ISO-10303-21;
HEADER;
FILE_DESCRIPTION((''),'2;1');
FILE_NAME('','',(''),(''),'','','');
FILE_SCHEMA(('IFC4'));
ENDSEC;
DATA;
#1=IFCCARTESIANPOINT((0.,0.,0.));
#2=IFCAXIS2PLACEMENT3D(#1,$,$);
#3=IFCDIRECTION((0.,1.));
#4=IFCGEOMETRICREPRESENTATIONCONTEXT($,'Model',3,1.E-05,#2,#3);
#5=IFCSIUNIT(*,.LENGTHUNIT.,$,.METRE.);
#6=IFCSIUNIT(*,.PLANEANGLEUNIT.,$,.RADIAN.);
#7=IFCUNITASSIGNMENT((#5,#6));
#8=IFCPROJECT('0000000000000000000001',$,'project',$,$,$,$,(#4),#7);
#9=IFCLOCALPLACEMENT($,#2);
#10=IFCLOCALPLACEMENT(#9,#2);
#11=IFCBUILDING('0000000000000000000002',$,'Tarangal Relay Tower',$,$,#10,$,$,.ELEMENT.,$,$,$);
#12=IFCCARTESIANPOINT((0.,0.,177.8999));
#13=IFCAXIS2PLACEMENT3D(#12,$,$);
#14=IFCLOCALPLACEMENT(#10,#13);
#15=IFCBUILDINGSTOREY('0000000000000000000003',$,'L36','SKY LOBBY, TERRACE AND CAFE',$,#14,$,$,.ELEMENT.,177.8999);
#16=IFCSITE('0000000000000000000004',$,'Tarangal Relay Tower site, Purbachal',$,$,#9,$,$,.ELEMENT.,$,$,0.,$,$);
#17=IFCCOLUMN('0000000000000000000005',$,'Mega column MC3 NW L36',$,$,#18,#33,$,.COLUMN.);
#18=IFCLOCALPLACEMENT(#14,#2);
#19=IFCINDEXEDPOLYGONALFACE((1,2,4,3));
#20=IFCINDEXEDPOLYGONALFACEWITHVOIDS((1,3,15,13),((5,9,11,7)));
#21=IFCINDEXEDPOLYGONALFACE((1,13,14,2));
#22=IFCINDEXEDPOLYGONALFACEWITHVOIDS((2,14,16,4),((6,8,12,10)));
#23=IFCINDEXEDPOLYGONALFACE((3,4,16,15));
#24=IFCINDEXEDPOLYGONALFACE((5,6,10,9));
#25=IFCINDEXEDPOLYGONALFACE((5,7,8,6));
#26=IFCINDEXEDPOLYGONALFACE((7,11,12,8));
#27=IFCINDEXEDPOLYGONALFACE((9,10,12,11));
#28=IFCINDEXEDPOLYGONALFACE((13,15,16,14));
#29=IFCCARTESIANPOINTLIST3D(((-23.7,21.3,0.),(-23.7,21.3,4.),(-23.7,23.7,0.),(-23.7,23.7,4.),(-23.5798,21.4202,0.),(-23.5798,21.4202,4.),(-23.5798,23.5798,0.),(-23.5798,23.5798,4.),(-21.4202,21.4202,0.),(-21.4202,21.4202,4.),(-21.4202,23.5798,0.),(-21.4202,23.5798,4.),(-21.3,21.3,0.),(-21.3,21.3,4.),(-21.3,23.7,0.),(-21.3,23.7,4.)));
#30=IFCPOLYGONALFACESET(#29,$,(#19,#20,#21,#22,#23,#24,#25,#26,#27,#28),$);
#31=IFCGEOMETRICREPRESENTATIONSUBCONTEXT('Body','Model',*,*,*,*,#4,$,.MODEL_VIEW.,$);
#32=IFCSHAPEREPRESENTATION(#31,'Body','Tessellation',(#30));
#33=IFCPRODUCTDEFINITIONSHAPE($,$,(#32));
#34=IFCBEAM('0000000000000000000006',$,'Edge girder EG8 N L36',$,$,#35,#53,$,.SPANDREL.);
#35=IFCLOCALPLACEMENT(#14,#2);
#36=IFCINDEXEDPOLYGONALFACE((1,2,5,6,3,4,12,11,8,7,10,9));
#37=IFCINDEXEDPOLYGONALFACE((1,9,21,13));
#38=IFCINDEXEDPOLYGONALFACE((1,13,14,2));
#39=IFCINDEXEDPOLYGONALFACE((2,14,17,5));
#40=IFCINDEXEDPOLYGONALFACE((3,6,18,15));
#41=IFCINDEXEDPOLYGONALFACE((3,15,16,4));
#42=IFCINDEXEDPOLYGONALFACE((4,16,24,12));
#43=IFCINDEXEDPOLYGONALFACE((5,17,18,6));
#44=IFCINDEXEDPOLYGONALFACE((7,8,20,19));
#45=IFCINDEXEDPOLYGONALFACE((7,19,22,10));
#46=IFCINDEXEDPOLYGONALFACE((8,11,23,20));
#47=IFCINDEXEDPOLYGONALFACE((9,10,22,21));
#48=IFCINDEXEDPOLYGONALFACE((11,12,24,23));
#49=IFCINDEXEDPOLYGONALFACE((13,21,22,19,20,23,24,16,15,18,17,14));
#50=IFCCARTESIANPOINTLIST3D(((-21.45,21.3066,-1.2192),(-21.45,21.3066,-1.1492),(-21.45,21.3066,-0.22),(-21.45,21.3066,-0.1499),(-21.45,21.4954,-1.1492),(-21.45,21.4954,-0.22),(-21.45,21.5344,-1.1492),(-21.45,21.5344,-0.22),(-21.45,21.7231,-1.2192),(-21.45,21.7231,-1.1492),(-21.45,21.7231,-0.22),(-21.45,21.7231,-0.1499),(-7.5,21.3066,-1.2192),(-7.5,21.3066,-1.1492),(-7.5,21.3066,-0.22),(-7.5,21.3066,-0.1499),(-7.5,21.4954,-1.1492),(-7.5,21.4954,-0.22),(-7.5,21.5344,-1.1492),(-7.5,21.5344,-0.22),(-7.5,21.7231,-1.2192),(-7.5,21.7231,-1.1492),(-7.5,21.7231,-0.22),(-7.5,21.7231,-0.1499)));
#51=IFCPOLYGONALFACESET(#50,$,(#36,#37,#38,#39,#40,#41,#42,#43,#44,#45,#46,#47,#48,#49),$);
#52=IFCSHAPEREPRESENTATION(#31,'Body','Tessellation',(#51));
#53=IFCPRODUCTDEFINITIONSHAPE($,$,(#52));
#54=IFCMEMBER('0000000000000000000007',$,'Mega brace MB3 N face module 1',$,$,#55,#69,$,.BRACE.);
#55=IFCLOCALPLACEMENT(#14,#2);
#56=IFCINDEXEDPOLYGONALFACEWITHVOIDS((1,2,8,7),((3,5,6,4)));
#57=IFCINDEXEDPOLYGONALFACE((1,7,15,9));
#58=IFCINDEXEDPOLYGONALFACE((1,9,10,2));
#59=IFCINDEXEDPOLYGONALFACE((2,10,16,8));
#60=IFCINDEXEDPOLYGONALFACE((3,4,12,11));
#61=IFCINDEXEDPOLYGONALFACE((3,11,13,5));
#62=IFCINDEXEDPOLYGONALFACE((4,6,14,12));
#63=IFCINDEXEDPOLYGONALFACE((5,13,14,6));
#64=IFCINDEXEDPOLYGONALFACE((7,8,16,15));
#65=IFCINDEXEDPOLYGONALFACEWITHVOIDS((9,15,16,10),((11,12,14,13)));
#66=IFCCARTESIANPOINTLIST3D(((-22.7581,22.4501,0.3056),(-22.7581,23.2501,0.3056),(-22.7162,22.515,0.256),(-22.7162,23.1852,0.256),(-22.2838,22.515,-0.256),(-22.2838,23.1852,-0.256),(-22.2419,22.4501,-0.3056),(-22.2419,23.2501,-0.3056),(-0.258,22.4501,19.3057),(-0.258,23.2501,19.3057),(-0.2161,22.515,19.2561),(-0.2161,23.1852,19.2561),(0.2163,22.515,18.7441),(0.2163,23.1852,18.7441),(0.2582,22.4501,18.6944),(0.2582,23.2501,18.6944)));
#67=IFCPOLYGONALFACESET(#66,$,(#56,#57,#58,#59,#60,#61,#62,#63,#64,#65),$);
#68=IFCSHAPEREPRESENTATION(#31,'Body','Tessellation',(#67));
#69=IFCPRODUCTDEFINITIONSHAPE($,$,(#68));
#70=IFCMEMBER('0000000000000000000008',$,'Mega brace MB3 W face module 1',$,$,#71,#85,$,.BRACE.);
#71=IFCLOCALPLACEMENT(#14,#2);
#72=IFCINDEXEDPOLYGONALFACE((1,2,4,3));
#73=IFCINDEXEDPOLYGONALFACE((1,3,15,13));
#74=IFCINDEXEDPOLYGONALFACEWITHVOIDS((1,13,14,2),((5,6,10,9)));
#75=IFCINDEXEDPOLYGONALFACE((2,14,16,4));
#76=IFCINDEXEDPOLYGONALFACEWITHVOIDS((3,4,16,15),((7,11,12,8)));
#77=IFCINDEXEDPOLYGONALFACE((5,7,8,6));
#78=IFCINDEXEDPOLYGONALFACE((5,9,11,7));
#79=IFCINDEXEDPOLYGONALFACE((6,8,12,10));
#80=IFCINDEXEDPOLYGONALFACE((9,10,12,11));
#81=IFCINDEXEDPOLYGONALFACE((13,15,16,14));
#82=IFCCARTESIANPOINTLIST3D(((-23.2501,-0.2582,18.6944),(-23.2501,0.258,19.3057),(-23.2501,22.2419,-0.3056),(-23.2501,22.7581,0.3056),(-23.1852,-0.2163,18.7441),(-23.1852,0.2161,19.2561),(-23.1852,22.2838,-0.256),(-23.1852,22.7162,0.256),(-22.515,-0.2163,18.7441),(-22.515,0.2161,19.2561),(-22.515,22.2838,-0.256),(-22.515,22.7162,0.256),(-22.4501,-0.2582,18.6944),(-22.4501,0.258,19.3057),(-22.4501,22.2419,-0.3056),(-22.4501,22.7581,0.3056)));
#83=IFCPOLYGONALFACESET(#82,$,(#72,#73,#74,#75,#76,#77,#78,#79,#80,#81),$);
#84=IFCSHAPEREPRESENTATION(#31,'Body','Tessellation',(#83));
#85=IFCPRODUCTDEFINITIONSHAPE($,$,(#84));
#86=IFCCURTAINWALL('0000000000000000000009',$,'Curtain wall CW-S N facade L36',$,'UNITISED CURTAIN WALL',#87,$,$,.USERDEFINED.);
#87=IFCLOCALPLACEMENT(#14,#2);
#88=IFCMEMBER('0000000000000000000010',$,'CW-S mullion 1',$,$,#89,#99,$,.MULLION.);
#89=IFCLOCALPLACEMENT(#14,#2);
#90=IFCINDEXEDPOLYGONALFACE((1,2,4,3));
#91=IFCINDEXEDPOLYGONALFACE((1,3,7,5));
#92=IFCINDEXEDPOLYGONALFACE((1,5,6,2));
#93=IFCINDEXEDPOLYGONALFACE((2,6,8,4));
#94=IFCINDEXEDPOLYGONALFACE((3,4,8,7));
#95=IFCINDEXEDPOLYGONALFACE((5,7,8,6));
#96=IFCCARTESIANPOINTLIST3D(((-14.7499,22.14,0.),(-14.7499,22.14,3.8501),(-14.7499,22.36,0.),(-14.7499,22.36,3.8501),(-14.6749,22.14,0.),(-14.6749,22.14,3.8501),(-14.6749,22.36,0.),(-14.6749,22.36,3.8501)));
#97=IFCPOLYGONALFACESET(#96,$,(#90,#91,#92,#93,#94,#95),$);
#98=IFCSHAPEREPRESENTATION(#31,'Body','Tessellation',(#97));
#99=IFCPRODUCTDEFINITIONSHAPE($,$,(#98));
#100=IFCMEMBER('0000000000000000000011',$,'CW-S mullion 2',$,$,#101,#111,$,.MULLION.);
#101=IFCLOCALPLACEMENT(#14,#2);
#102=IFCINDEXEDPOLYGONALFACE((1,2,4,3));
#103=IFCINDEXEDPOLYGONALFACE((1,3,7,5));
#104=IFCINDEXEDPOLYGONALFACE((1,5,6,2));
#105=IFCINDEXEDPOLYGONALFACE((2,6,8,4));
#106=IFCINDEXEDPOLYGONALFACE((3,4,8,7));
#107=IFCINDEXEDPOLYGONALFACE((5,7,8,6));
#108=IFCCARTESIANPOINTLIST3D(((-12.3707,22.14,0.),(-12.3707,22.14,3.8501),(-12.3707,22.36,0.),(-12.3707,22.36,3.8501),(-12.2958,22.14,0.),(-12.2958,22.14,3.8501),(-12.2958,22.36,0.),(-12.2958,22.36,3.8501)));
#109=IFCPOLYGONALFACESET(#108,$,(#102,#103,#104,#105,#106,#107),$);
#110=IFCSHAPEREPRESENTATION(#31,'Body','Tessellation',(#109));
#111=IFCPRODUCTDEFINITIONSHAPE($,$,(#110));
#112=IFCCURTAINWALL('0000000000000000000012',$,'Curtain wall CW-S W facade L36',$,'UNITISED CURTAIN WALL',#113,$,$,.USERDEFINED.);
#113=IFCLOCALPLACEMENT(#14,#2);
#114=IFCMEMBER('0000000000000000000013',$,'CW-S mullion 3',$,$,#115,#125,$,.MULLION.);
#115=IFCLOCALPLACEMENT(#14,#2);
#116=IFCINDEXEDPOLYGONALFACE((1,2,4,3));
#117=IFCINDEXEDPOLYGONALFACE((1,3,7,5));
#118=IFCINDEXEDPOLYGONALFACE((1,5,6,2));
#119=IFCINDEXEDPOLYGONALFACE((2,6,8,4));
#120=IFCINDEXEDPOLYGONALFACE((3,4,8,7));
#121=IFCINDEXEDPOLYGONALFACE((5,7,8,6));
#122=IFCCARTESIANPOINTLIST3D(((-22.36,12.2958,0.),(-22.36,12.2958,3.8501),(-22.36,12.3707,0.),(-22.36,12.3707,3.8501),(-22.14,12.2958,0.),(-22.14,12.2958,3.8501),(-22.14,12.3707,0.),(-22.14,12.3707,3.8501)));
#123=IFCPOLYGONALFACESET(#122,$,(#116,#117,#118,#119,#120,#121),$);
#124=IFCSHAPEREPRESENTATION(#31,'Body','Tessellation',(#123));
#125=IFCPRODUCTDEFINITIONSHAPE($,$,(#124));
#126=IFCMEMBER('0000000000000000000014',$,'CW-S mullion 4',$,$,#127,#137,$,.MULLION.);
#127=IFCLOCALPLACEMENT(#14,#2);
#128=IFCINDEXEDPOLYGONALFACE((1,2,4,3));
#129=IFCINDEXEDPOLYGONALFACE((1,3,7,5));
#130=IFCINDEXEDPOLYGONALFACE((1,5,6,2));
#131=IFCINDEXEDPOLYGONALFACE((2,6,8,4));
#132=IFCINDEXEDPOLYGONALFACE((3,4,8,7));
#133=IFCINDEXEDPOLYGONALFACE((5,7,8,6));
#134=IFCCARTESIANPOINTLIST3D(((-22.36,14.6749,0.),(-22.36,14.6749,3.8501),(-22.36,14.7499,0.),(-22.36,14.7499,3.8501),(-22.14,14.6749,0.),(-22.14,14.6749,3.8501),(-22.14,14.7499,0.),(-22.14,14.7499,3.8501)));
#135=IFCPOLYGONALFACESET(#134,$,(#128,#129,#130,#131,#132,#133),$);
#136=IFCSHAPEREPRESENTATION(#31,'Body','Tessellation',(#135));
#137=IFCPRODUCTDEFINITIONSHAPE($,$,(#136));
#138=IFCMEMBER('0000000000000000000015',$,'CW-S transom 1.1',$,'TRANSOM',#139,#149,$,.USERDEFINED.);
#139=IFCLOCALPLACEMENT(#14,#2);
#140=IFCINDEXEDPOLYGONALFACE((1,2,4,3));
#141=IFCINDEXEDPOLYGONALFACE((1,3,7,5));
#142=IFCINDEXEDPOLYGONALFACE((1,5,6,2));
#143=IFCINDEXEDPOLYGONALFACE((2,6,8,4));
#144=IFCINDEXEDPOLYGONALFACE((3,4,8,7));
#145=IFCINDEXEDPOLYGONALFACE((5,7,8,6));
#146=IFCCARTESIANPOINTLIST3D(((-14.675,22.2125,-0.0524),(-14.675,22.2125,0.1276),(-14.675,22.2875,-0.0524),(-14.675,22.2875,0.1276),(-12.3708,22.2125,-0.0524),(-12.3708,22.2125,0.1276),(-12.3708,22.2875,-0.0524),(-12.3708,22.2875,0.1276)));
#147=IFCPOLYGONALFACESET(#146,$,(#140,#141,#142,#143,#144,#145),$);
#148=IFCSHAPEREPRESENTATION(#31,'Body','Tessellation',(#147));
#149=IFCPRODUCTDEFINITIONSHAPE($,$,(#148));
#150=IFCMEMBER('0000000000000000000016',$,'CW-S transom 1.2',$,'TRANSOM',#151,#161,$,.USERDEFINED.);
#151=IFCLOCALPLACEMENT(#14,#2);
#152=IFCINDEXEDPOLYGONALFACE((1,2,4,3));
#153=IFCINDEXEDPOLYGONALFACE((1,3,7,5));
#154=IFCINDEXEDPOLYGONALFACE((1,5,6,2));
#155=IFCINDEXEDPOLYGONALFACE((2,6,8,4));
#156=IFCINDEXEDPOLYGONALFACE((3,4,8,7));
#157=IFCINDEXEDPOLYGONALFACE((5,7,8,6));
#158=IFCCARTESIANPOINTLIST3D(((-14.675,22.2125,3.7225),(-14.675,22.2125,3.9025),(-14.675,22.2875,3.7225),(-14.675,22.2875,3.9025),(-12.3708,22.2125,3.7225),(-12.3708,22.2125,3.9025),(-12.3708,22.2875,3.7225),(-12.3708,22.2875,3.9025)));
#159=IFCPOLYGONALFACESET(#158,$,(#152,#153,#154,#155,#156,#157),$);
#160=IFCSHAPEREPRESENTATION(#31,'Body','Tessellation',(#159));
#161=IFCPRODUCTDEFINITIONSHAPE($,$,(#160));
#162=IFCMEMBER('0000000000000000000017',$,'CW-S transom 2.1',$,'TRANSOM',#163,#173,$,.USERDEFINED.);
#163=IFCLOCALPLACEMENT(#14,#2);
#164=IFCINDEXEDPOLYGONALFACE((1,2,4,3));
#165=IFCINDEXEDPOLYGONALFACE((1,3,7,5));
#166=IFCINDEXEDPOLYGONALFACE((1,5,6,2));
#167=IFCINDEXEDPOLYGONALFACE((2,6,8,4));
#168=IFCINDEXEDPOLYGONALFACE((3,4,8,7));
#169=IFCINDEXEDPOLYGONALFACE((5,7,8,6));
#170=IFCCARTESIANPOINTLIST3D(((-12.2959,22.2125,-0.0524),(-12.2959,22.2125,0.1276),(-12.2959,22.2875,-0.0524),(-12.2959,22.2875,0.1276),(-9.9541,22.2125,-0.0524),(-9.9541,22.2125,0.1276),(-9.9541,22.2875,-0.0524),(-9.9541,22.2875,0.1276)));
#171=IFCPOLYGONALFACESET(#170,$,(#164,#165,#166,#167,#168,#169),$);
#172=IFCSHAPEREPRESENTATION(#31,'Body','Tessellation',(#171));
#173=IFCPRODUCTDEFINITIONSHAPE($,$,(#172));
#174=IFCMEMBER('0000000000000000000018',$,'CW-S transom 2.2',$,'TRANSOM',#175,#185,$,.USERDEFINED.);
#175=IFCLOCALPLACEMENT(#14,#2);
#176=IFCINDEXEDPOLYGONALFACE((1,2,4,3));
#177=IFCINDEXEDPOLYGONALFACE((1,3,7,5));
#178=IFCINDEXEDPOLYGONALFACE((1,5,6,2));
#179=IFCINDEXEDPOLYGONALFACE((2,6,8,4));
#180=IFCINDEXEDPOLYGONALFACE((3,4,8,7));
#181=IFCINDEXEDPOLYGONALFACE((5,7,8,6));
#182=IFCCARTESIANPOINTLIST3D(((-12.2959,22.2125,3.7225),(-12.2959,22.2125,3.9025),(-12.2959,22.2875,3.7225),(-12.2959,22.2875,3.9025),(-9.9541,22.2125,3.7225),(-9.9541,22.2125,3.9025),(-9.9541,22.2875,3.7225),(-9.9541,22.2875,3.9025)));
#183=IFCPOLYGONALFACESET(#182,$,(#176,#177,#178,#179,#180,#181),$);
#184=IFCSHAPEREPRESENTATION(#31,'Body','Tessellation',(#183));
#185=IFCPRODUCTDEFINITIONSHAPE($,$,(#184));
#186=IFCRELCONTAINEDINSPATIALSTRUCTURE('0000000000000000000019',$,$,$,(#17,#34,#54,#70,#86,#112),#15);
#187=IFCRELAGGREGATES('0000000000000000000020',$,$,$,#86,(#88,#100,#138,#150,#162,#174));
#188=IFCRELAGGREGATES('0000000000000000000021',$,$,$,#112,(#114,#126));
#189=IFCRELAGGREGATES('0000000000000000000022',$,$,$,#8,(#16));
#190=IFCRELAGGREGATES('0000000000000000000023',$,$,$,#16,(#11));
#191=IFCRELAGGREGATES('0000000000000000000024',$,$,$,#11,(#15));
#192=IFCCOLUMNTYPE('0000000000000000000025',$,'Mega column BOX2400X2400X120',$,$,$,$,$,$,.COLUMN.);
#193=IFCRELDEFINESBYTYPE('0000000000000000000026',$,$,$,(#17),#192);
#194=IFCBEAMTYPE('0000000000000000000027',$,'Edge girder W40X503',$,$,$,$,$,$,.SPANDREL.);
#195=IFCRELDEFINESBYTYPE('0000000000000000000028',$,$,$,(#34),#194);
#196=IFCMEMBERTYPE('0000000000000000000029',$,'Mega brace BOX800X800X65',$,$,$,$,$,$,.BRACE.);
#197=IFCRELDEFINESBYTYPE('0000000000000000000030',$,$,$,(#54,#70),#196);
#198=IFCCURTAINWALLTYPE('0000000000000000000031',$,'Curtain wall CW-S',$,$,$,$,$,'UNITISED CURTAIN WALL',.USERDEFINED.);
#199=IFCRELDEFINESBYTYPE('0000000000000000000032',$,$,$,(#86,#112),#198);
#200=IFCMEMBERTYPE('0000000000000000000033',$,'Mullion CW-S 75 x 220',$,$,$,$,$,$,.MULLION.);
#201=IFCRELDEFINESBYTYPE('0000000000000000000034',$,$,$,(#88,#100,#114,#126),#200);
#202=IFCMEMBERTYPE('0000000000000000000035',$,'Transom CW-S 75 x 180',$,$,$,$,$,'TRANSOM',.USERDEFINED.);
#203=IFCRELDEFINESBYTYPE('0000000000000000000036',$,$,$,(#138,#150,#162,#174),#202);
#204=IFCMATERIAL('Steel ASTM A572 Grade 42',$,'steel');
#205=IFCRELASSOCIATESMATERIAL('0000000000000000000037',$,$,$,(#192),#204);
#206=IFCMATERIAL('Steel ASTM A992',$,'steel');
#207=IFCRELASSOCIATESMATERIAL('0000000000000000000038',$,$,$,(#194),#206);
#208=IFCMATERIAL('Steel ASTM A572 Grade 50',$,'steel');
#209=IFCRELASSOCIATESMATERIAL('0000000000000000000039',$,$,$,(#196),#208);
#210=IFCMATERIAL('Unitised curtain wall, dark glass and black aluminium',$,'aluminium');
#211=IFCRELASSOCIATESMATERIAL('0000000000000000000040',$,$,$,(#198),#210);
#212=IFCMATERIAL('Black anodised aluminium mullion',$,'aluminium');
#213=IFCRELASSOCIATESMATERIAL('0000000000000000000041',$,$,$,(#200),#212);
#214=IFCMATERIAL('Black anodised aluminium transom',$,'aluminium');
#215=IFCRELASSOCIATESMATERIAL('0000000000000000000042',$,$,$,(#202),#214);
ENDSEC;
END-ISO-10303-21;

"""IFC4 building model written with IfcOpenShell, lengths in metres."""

from ifc_helpers import new_model, si_unit, direction, frame, origin, origin_2d, place, context, subcontext, project, spatial, rectangle, hollow_rectangle, i_section, extrude, material, material_profile, profile_set, type_object, element, aggregate, save


model = new_model("IFC4")

# Units and contexts
model_context = context("Model", 3, precision=1e-05, world=origin(), true_north=direction((0.0, 1.0)))
body_context = subcontext(model_context, "Body", "Model", "MODEL_VIEW")
ifc_project = project(units=[si_unit("LENGTHUNIT", "METRE"), si_unit("PLANEANGLEUNIT", "RADIAN")], contexts=[model_context])

# Site, building, storey
site_placement = place(None, origin())
site = spatial("IfcSite", under=ifc_project, at=site_placement, Name="Tarangal Relay Tower site, Purbachal", CompositionType="ELEMENT", RefElevation=0.0)
building_placement = place(site_placement, origin())
building = spatial("IfcBuilding", under=site, at=building_placement, Name="Tarangal Relay Tower", CompositionType="ELEMENT")
storey_placement = place(building_placement, frame((0.0, 0.0, 177.8999)))
storey = spatial("IfcBuildingStorey", under=building, at=storey_placement, Name="L36", Description="SKY LOBBY, TERRACE AND CAFE", CompositionType="ELEMENT", Elevation=177.8999)

# Column
ifc_material_1 = material(Name="Steel ASTM A572 Grade 42", Category="steel")
ifc_material_profile_1 = material_profile(ifc_material_1, hollow_rectangle(XDim=2.3999, YDim=2.3999, WallThickness=0.1201, at=origin_2d()), Name="BOX2400X2400X120")
ifc_profile_set_1 = profile_set([ifc_material_profile_1], Name="Steel ASTM A572 Grade 42")
column_type = type_object("IfcColumnType", Name="Mega column BOX2400X2400X120", PredefinedType="COLUMN", material=ifc_profile_set_1)
column_placement = place(storey_placement, frame((-22.5, 22.5, 0.0), z_axis=(0.0, 0.0, 1.0), x_axis=(1.0, 0.0, 0.0)))
element("IfcColumn", 1, at=column_placement, inside=storey, type_object=column_type, Name="Mega column MC3 NW L36", PredefinedType="COLUMN", context=body_context, shape_type="SweptSolid", body=[
    extrude(hollow_rectangle(XDim=2.3999, YDim=2.3999, WallThickness=0.1201, at=origin_2d()), origin(), (0.0, 0.0, 1.0), 4.0),
])

# Beam
ifc_material_2 = material(Name="Steel ASTM A992", Category="steel")
ifc_material_profile_2 = material_profile(ifc_material_2, i_section(OverallWidth=0.4165, OverallDepth=1.0693, WebThickness=0.0391, FlangeThickness=0.0701, at=origin_2d()), Name="W40X503")
ifc_profile_set_2 = profile_set([ifc_material_profile_2], Name="Steel ASTM A992")
beam_type = type_object("IfcBeamType", Name="Edge girder W40X503", PredefinedType="SPANDREL", material=ifc_profile_set_2)
beam_placement = place(storey_placement, frame((-21.45, 21.5149, -0.6846), z_axis=(1.0, 0.0, 0.0), x_axis=(0.0, 1.0, 0.0)))
element("IfcBeam", 2, at=beam_placement, inside=storey, type_object=beam_type, Name="Edge girder EG8 N L36", PredefinedType="SPANDREL", context=body_context, shape_type="SweptSolid", body=[
    extrude(i_section(OverallWidth=0.4165, OverallDepth=1.0693, WebThickness=0.0391, FlangeThickness=0.0701, at=origin_2d()), origin(), (0.0, 0.0, 1.0), 13.95),
])

# Members
ifc_material_3 = material(Name="Steel ASTM A572 Grade 50", Category="steel")
ifc_material_profile_3 = material_profile(ifc_material_3, hollow_rectangle(XDim=0.8, YDim=0.8, WallThickness=0.0649, at=origin_2d()), Name="BOX800X800X65")
ifc_profile_set_3 = profile_set([ifc_material_profile_3], Name="Steel ASTM A572 Grade 50")
member_type_1 = type_object("IfcMemberType", Name="Mega brace BOX800X800X65", PredefinedType="BRACE", material=ifc_profile_set_3)
for number, where, z_axis, x_axis, name in (
    (3, (-22.5, 22.8501, 0.0), (0.76403, 0.0, 0.645181), (0.0, 1.0, 0.0), "Mega brace MB3 N face module 1"),
    (4, (-22.8501, 22.5, 0.0), (0.0, -0.76403, 0.645181), (1.0, 0.0, 0.0), "Mega brace MB3 W face module 1"),
):
    element("IfcMember", number, at=place(storey_placement, frame(where, z_axis=z_axis, x_axis=x_axis)), inside=storey, type_object=member_type_1, Name=name, PredefinedType="BRACE", context=body_context, shape_type="SweptSolid", body=[
        extrude(hollow_rectangle(XDim=0.8, YDim=0.8, WallThickness=0.0649, at=origin_2d()), origin(), (0.0, 0.0, 1.0), 29.4492),
    ])

# Curtain walls, members
ifc_material_4 = material(Name="Unitised curtain wall, dark glass and black aluminium", Category="aluminium")
curtain_wall_type = type_object("IfcCurtainWallType", Name="Curtain wall CW-S", ElementType="UNITISED CURTAIN WALL", PredefinedType="USERDEFINED", material=ifc_material_4)
curtain_wall_1_placement = place(storey_placement, origin())
curtain_wall_1 = element("IfcCurtainWall", 5, at=curtain_wall_1_placement, inside=storey, type_object=curtain_wall_type, Name="Curtain wall CW-S N facade L36", ObjectType="UNITISED CURTAIN WALL", PredefinedType="USERDEFINED")
ifc_material_5 = material(Name="Black anodised aluminium mullion", Category="aluminium")
ifc_material_profile_4 = material_profile(ifc_material_5, rectangle(XDim=0.22, YDim=0.075, at=origin_2d()), Name="CW-SM 75X220")
ifc_profile_set_4 = profile_set([ifc_material_profile_4], Name="Black anodised aluminium mullion")
member_type_2 = type_object("IfcMemberType", Name="Mullion CW-S 75 x 220", PredefinedType="MULLION", material=ifc_profile_set_4)
member_1_placement = place(storey_placement, frame((-14.7124, 22.25, 0.0), z_axis=(0.0, 0.0, 1.0), x_axis=(0.0, 1.0, 0.0)))
member_1 = element("IfcMember", 6, at=member_1_placement, type_object=member_type_2, Name="CW-S mullion 1", PredefinedType="MULLION", context=body_context, shape_type="SweptSolid", body=[
    extrude(rectangle(XDim=0.22, YDim=0.075, at=origin_2d()), origin(), (0.0, 0.0, 1.0), 3.8501),
])
member_2_placement = place(storey_placement, frame((-12.3333, 22.25, 0.0), z_axis=(0.0, 0.0, 1.0), x_axis=(0.0, 1.0, 0.0)))
member_2 = element("IfcMember", 7, at=member_2_placement, type_object=member_type_2, Name="CW-S mullion 2", PredefinedType="MULLION", context=body_context, shape_type="SweptSolid", body=[
    extrude(rectangle(XDim=0.22, YDim=0.075, at=origin_2d()), origin(), (0.0, 0.0, 1.0), 3.8501),
])
curtain_wall_2_placement = place(storey_placement, origin())
curtain_wall_2 = element("IfcCurtainWall", 8, at=curtain_wall_2_placement, inside=storey, type_object=curtain_wall_type, Name="Curtain wall CW-S W facade L36", ObjectType="UNITISED CURTAIN WALL", PredefinedType="USERDEFINED")
member_3_placement = place(storey_placement, frame((-22.25, 12.3333, 0.0), z_axis=(0.0, 0.0, 1.0), x_axis=(-1.0, 0.0, 0.0)))
member_3 = element("IfcMember", 9, at=member_3_placement, type_object=member_type_2, Name="CW-S mullion 3", PredefinedType="MULLION", context=body_context, shape_type="SweptSolid", body=[
    extrude(rectangle(XDim=0.22, YDim=0.075, at=origin_2d()), origin(), (0.0, 0.0, 1.0), 3.8501),
])
member_4_placement = place(storey_placement, frame((-22.25, 14.7124, 0.0), z_axis=(0.0, 0.0, 1.0), x_axis=(-1.0, 0.0, 0.0)))
member_4 = element("IfcMember", 10, at=member_4_placement, type_object=member_type_2, Name="CW-S mullion 4", PredefinedType="MULLION", context=body_context, shape_type="SweptSolid", body=[
    extrude(rectangle(XDim=0.22, YDim=0.075, at=origin_2d()), origin(), (0.0, 0.0, 1.0), 3.8501),
])

# Members
ifc_material_6 = material(Name="Black anodised aluminium transom", Category="aluminium")
ifc_material_profile_5 = material_profile(ifc_material_6, rectangle(XDim=0.075, YDim=0.1799, at=origin_2d()), Name="CW-ST 75X180")
ifc_profile_set_5 = profile_set([ifc_material_profile_5], Name="Black anodised aluminium transom")
member_type_3 = type_object("IfcMemberType", Name="Transom CW-S 75 x 180", ElementType="TRANSOM", PredefinedType="USERDEFINED", material=ifc_profile_set_5)
member_5_placement = place(storey_placement, frame((-14.675, 22.25, 0.0376), z_axis=(1.0, 0.0, 0.0), x_axis=(0.0, 1.0, 0.0)))
member_5 = element("IfcMember", 11, at=member_5_placement, type_object=member_type_3, Name="CW-S transom 1.1", ObjectType="TRANSOM", PredefinedType="USERDEFINED", context=body_context, shape_type="SweptSolid", body=[
    extrude(rectangle(XDim=0.075, YDim=0.1799, at=origin_2d()), origin(), (0.0, 0.0, 1.0), 2.3042),
])
member_6_placement = place(storey_placement, frame((-14.675, 22.25, 3.8125), z_axis=(1.0, 0.0, 0.0), x_axis=(0.0, 1.0, 0.0)))
member_6 = element("IfcMember", 12, at=member_6_placement, type_object=member_type_3, Name="CW-S transom 1.2", ObjectType="TRANSOM", PredefinedType="USERDEFINED", context=body_context, shape_type="SweptSolid", body=[
    extrude(rectangle(XDim=0.075, YDim=0.1799, at=origin_2d()), origin(), (0.0, 0.0, 1.0), 2.3042),
])
member_7_placement = place(storey_placement, frame((-12.2959, 22.25, 0.0376), z_axis=(1.0, 0.0, 0.0), x_axis=(0.0, 1.0, 0.0)))
member_7 = element("IfcMember", 13, at=member_7_placement, type_object=member_type_3, Name="CW-S transom 2.1", ObjectType="TRANSOM", PredefinedType="USERDEFINED", context=body_context, shape_type="SweptSolid", body=[
    extrude(rectangle(XDim=0.075, YDim=0.1799, at=origin_2d()), origin(), (0.0, 0.0, 1.0), 2.3418),
])
member_8_placement = place(storey_placement, frame((-12.2959, 22.25, 3.8125), z_axis=(1.0, 0.0, 0.0), x_axis=(0.0, 1.0, 0.0)))
member_8 = element("IfcMember", 14, at=member_8_placement, type_object=member_type_3, Name="CW-S transom 2.2", ObjectType="TRANSOM", PredefinedType="USERDEFINED", context=body_context, shape_type="SweptSolid", body=[
    extrude(rectangle(XDim=0.075, YDim=0.1799, at=origin_2d()), origin(), (0.0, 0.0, 1.0), 2.3418),
])

aggregate(curtain_wall_1, [member_1, member_2, member_5, member_6, member_7, member_8])
aggregate(curtain_wall_2, [member_3, member_4])

save(model, "model.ifc")
